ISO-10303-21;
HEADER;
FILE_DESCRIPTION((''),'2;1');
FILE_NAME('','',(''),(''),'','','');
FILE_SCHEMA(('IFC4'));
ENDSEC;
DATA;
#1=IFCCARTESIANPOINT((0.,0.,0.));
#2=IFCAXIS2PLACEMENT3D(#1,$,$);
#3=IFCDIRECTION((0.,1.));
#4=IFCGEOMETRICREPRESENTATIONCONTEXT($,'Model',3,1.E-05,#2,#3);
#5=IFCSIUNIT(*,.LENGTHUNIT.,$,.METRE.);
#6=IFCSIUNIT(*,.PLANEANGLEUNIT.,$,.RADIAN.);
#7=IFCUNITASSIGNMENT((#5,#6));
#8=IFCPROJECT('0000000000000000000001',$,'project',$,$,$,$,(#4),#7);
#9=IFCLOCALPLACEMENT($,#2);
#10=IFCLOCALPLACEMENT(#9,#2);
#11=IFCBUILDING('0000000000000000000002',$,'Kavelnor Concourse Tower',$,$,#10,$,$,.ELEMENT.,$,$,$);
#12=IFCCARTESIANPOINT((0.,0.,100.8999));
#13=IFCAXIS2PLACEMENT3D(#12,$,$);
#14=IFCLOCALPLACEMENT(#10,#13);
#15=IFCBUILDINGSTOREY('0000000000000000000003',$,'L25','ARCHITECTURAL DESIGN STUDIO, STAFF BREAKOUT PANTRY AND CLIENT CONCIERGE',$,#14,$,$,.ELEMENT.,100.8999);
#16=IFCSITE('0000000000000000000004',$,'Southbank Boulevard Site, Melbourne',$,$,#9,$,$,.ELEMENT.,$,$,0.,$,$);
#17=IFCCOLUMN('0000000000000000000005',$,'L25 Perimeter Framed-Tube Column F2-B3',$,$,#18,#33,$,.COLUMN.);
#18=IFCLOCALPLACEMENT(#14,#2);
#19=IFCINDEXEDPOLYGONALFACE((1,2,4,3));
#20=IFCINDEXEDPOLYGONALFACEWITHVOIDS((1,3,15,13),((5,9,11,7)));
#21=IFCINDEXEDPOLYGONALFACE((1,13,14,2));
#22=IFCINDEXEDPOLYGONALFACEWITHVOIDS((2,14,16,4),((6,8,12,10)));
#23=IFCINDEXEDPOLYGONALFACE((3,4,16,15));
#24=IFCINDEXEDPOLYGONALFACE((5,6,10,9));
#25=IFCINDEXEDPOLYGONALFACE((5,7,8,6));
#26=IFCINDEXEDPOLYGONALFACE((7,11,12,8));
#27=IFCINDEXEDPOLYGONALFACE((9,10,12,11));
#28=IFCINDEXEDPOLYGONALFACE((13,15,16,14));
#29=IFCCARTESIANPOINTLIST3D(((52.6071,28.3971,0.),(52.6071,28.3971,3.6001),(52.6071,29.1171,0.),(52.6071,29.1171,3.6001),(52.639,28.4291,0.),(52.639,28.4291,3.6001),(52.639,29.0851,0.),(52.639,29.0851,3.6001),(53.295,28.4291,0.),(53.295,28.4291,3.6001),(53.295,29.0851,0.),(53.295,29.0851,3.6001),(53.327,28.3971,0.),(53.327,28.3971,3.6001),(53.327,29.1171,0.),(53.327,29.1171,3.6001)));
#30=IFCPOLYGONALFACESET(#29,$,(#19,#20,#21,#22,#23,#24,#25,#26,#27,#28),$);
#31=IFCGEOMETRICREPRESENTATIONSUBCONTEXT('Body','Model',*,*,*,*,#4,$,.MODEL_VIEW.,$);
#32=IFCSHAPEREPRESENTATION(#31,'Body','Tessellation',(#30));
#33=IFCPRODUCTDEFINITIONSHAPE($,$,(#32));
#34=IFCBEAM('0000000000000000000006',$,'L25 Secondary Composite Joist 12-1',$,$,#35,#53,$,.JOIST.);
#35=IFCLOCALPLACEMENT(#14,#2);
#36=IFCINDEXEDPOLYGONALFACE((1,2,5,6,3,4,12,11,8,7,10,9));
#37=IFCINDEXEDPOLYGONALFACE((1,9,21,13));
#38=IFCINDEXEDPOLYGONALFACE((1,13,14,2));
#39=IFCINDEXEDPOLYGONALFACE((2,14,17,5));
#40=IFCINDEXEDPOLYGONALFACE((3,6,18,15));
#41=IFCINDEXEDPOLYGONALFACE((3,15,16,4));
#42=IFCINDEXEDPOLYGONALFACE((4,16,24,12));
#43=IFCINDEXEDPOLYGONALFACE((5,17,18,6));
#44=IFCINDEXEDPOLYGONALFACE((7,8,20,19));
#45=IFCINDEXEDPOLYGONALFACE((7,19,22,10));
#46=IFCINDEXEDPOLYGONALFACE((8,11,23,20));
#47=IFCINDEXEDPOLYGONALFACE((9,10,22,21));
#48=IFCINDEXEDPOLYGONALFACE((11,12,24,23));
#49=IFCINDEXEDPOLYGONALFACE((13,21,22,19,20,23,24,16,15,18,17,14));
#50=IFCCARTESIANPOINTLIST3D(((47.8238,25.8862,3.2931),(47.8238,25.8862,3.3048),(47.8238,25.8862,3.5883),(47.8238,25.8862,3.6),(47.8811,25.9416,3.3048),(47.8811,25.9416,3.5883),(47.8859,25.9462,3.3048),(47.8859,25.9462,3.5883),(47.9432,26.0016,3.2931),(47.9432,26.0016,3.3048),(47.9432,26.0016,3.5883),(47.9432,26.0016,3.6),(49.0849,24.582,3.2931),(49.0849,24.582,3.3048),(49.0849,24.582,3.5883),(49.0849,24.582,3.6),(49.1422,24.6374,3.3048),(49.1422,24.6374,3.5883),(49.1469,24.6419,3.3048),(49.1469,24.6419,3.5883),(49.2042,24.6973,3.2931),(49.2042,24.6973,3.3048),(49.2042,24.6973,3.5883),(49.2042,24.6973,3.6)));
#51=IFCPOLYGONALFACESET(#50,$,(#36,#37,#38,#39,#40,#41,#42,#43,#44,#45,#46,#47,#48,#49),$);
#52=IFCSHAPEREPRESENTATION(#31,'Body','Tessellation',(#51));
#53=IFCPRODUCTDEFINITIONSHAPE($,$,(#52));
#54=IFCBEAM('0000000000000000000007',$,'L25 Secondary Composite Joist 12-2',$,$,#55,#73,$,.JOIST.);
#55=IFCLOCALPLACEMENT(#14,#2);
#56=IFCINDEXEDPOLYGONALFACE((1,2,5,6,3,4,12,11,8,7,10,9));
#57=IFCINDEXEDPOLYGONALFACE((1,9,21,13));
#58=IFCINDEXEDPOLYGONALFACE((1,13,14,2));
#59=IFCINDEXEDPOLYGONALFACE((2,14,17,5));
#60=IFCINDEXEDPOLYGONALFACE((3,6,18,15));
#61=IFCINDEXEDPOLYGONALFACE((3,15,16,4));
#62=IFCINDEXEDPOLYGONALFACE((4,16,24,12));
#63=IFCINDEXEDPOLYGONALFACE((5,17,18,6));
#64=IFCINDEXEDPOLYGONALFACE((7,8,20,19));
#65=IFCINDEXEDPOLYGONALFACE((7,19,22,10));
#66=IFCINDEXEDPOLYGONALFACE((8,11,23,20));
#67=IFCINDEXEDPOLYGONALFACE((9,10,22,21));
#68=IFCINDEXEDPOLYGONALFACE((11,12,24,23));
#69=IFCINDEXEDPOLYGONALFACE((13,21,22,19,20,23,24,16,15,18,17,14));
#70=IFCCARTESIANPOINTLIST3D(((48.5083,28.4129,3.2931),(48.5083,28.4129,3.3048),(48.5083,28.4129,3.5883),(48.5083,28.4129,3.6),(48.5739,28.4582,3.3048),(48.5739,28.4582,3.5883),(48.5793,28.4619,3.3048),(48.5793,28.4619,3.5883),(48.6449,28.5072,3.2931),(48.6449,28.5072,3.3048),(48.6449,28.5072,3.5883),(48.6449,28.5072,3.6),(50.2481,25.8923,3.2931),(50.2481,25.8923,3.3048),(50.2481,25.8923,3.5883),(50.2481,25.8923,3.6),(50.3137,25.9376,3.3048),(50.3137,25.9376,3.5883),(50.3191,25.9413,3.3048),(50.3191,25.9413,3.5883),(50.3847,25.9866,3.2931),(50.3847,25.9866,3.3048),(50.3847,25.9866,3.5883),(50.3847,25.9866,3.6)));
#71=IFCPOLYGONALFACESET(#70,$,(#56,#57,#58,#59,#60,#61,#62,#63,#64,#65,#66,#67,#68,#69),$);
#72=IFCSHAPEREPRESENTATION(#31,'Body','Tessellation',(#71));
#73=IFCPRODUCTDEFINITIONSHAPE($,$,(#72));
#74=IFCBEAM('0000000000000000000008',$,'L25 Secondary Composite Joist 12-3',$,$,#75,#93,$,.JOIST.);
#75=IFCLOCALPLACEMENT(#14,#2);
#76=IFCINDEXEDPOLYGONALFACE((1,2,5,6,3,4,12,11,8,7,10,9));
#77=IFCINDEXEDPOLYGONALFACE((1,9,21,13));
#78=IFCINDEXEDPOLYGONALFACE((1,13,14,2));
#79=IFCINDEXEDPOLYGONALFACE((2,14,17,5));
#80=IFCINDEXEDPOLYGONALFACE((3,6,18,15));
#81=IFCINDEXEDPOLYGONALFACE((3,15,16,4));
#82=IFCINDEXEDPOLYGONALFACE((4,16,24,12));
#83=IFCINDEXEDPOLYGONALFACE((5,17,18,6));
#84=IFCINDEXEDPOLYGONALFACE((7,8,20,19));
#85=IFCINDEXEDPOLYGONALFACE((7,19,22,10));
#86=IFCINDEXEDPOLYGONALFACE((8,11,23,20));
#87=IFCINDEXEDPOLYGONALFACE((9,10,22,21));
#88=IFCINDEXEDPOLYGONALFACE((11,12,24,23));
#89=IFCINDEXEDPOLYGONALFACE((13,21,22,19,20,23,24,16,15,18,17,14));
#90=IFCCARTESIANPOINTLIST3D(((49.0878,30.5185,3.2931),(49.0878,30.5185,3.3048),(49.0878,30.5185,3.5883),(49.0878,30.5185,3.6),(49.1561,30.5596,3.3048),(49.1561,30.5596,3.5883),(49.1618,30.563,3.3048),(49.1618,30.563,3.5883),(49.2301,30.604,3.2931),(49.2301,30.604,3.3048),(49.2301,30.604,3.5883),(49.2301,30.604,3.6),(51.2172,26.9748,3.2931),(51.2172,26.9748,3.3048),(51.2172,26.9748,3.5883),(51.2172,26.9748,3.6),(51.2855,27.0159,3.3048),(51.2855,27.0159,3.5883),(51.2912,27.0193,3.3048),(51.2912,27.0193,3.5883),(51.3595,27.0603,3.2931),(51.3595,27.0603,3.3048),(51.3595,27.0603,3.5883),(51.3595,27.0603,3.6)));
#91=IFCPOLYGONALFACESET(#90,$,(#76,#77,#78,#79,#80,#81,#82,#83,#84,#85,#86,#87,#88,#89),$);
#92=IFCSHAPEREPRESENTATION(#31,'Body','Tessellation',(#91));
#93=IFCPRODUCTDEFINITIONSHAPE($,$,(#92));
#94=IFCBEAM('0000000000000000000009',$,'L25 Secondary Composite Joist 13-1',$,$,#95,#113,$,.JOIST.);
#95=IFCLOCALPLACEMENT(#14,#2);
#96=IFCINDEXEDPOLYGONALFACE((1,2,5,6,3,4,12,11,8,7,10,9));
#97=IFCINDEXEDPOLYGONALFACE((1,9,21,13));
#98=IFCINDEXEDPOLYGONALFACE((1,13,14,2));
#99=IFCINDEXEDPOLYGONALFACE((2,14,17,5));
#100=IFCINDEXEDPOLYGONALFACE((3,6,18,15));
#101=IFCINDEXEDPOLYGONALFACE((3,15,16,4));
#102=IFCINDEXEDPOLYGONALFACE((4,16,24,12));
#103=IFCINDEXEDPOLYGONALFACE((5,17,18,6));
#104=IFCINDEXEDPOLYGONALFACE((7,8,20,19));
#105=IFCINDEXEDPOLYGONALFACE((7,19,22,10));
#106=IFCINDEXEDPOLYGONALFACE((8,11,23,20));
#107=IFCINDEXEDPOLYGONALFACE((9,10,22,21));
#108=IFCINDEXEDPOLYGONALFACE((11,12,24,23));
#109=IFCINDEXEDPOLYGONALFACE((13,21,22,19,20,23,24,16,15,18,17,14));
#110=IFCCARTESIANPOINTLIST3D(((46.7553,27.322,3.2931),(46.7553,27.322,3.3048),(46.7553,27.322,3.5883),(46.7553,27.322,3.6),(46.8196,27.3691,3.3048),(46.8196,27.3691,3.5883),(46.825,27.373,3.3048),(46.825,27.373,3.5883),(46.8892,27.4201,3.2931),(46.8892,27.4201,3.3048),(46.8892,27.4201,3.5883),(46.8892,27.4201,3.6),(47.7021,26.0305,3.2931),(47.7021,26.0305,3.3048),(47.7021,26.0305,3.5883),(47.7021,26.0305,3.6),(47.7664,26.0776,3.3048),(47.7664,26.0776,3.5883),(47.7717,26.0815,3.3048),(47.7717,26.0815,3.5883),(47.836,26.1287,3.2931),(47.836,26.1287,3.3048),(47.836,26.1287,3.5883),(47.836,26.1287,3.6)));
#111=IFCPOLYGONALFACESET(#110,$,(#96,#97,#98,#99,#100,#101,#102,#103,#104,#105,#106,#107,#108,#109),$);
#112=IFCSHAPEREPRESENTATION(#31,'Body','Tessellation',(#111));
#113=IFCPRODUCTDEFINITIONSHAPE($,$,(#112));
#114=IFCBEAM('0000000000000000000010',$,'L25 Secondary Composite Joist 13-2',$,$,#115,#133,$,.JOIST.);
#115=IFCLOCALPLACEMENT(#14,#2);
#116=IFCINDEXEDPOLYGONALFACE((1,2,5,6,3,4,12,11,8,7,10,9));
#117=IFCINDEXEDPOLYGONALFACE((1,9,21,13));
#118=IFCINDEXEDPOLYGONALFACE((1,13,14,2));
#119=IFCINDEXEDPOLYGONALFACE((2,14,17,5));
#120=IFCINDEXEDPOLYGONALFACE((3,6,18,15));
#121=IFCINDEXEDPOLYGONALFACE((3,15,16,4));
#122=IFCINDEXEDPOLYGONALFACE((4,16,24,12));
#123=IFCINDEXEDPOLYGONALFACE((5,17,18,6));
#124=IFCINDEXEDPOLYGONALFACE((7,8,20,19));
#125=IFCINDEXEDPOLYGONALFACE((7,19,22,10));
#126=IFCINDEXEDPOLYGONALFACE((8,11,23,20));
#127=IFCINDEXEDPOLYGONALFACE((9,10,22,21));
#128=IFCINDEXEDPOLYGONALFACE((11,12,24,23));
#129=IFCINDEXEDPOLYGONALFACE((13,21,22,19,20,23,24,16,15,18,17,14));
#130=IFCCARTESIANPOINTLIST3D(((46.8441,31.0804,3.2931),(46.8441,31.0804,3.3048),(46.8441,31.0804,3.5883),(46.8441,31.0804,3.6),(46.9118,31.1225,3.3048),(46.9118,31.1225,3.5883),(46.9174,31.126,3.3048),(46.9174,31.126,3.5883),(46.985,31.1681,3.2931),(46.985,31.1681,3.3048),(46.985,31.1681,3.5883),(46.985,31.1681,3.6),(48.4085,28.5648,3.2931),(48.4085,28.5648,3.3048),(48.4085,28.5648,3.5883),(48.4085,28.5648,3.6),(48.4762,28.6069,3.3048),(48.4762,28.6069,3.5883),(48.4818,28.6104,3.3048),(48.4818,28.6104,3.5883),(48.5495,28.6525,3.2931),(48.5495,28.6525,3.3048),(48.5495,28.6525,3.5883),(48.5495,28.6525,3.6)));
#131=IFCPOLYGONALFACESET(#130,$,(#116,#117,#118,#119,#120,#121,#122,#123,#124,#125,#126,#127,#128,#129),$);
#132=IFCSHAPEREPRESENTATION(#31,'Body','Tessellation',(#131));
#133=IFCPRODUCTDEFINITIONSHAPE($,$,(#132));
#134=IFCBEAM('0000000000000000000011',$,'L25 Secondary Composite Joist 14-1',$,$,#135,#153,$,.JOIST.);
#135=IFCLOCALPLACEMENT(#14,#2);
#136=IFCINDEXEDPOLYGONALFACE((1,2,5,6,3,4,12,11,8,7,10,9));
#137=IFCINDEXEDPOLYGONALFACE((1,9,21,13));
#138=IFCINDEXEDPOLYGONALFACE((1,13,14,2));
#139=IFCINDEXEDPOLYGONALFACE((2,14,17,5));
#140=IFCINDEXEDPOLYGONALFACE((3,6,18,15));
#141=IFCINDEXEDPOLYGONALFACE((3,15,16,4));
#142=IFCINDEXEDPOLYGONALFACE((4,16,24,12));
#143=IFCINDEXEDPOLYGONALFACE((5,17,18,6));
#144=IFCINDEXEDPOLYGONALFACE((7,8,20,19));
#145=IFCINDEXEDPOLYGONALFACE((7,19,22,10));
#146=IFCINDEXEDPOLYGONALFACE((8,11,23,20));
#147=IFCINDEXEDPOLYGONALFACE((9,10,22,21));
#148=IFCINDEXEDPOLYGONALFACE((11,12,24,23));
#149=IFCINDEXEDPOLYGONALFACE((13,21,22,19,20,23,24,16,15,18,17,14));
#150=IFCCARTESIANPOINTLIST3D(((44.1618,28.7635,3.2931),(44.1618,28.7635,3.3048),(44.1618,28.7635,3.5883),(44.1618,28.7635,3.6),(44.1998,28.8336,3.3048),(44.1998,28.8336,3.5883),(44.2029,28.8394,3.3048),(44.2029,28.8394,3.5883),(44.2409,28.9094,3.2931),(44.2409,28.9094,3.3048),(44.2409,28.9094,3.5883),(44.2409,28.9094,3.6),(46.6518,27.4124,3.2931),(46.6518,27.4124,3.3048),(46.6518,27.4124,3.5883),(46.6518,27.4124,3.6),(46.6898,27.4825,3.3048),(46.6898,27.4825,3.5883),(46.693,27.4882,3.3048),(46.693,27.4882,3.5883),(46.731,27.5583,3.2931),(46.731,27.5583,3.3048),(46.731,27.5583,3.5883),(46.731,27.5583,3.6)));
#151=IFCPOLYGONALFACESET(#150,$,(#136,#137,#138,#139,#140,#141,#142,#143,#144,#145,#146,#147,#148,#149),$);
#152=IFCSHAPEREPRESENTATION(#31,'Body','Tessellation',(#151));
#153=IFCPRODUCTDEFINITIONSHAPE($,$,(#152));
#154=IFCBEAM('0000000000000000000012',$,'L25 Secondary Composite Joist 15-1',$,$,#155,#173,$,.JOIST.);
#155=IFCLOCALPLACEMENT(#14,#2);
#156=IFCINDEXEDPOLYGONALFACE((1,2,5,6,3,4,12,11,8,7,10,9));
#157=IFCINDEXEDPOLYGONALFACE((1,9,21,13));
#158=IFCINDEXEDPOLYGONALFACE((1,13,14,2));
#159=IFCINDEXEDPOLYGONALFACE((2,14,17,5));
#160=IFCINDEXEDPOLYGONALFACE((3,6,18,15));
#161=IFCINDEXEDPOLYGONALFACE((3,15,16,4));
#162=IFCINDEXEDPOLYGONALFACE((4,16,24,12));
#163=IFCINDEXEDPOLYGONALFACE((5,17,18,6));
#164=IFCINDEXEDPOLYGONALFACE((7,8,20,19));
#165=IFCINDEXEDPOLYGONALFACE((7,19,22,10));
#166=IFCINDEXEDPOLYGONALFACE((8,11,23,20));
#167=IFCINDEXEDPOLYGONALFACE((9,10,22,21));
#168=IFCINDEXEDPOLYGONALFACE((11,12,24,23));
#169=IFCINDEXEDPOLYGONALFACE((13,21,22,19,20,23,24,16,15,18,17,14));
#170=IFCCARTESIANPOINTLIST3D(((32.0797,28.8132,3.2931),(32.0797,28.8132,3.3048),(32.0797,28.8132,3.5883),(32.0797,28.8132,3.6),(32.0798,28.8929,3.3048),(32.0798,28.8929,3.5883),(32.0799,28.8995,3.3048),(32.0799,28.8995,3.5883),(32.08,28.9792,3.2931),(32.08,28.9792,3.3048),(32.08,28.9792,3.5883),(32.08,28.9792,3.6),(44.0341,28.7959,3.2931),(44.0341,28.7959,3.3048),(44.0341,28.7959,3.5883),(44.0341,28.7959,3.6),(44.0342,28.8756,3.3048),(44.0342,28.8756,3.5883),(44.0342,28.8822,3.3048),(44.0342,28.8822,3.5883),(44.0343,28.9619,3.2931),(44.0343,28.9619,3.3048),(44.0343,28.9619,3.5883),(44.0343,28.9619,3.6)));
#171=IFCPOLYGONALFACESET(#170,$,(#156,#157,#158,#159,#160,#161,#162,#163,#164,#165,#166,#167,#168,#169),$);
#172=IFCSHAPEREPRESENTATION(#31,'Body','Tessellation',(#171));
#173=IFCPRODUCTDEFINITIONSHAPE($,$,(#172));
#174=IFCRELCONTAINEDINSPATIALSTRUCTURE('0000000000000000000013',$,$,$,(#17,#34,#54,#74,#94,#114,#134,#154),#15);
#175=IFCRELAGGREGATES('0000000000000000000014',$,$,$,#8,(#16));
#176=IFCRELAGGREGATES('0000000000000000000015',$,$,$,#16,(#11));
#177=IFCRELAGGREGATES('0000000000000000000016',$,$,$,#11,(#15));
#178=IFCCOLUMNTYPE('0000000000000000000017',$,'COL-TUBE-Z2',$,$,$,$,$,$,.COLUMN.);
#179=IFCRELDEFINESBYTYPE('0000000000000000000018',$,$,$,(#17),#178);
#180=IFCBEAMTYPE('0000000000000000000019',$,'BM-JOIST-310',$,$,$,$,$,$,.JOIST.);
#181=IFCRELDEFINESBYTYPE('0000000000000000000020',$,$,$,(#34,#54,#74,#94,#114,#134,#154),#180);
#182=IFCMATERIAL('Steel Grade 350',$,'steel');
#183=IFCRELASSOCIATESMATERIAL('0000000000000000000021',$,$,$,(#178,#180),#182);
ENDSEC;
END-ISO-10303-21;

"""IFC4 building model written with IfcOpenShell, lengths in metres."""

from ifc_helpers import new_model, si_unit, direction, frame, origin, origin_2d, place, context, subcontext, project, spatial, hollow_rectangle, i_section, extrude, material, material_profile, profile_set, type_object, element, save


model = new_model("IFC4")

# Units and contexts
model_context = context("Model", 3, precision=1e-05, world=origin(), true_north=direction((0.0, 1.0)))
body_context = subcontext(model_context, "Body", "Model", "MODEL_VIEW")
ifc_project = project(units=[si_unit("LENGTHUNIT", "METRE"), si_unit("PLANEANGLEUNIT", "RADIAN")], contexts=[model_context])

# Site, building, storey
site_placement = place(None, origin())
site = spatial("IfcSite", under=ifc_project, at=site_placement, Name="Southbank Boulevard Site, Melbourne", CompositionType="ELEMENT", RefElevation=0.0)
building_placement = place(site_placement, origin())
building = spatial("IfcBuilding", under=site, at=building_placement, Name="Kavelnor Concourse Tower", CompositionType="ELEMENT")
storey_placement = place(building_placement, frame((0.0, 0.0, 100.8999)))
storey = spatial("IfcBuildingStorey", under=building, at=storey_placement, Name="L25", Description="ARCHITECTURAL DESIGN STUDIO, STAFF BREAKOUT PANTRY AND CLIENT CONCIERGE", CompositionType="ELEMENT", Elevation=100.8999)

# Column
ifc_material_1 = material(Name="Steel Grade 350", Category="steel")
ifc_material_profile_1 = material_profile(ifc_material_1, hollow_rectangle(XDim=0.72, YDim=0.72, WallThickness=0.032, at=origin_2d()), Name="SHS 720x720x32")
ifc_profile_set_1 = profile_set([ifc_material_profile_1], Name="Steel Grade 350")
column_type = type_object("IfcColumnType", Name="COL-TUBE-Z2", PredefinedType="COLUMN", material=ifc_profile_set_1)
column_placement = place(storey_placement, frame((52.967, 28.7571, 0.0), z_axis=(0.0, 0.0, 1.0), x_axis=(1.0, 0.0, 0.0)))
element("IfcColumn", 1, at=column_placement, inside=storey, type_object=column_type, Name="L25 Perimeter Framed-Tube Column F2-B3", PredefinedType="COLUMN", context=body_context, shape_type="SweptSolid", body=[
    extrude(hollow_rectangle(XDim=0.72, YDim=0.72, WallThickness=0.032, at=origin_2d()), origin(), (0.0, 0.0, 1.0), 3.6001),
])

# Beams
ifc_material_profile_2 = material_profile(ifc_material_1, i_section(OverallWidth=0.166, OverallDepth=0.3069, WebThickness=0.0066, FlangeThickness=0.0117, at=origin_2d()), Name="310UB46")
ifc_profile_set_2 = profile_set([ifc_material_profile_2], Name="Steel Grade 350")
beam_type_1 = type_object("IfcBeamType", Name="BM-JOIST-310", PredefinedType="JOIST", material=ifc_profile_set_2)
beam_1_placement = place(storey_placement, frame((49.1445, 24.6396, 3.4465), z_axis=(-0.695096, 0.718917, 0.0), x_axis=(-0.718917, -0.695096, 0.0)))
element("IfcBeam", 2, at=beam_1_placement, inside=storey, type_object=beam_type_1, Name="L25 Secondary Composite Joist 12-1", PredefinedType="JOIST", context=body_context, shape_type="SweptSolid", body=[
    extrude(i_section(OverallWidth=0.166, OverallDepth=0.3069, WebThickness=0.0066, FlangeThickness=0.0117, at=origin_2d()), origin(), (0.0, 0.0, 1.0), 1.8142),
])
beam_2_placement = place(storey_placement, frame((50.3164, 25.9395, 3.4465), z_axis=(-0.568057, 0.822989, 0.0), x_axis=(-0.822989, -0.568057, 0.0)))
element("IfcBeam", 3, at=beam_2_placement, inside=storey, type_object=beam_type_1, Name="L25 Secondary Composite Joist 12-2", PredefinedType="JOIST", context=body_context, shape_type="SweptSolid", body=[
    extrude(i_section(OverallWidth=0.166, OverallDepth=0.3069, WebThickness=0.0066, FlangeThickness=0.0117, at=origin_2d()), origin(), (0.0, 0.0, 1.0), 3.0627),
])
beam_3_placement = place(storey_placement, frame((51.2883, 27.0176, 3.4465), z_axis=(-0.51506, 0.857154, 0.0), x_axis=(-0.857154, -0.51506, 0.0)))
element("IfcBeam", 4, at=beam_3_placement, inside=storey, type_object=beam_type_1, Name="L25 Secondary Composite Joist 12-3", PredefinedType="JOIST", context=body_context, shape_type="SweptSolid", body=[
    extrude(i_section(OverallWidth=0.166, OverallDepth=0.3069, WebThickness=0.0066, FlangeThickness=0.0117, at=origin_2d()), origin(), (0.0, 0.0, 1.0), 4.1343),
])
beam_4_placement = place(storey_placement, frame((47.769, 26.0796, 3.4465), z_axis=(-0.591231, 0.806502, 0.0), x_axis=(-0.806502, -0.591231, 0.0)))
element("IfcBeam", 5, at=beam_4_placement, inside=storey, type_object=beam_type_1, Name="L25 Secondary Composite Joist 13-1", PredefinedType="JOIST", context=body_context, shape_type="SweptSolid", body=[
    extrude(i_section(OverallWidth=0.166, OverallDepth=0.3069, WebThickness=0.0066, FlangeThickness=0.0117, at=origin_2d()), origin(), (0.0, 0.0, 1.0), 1.6013),
])
beam_5_placement = place(storey_placement, frame((48.479, 28.6086, 3.4465), z_axis=(-0.528101, 0.849181, 0.0), x_axis=(-0.849181, -0.528101, 0.0)))
element("IfcBeam", 6, at=beam_5_placement, inside=storey, type_object=beam_type_1, Name="L25 Secondary Composite Joist 13-2", PredefinedType="JOIST", context=body_context, shape_type="SweptSolid", body=[
    extrude(i_section(OverallWidth=0.166, OverallDepth=0.3069, WebThickness=0.0066, FlangeThickness=0.0117, at=origin_2d()), origin(), (0.0, 0.0, 1.0), 2.9624),
])
beam_6_placement = place(storey_placement, frame((46.6914, 27.4854, 3.4465), z_axis=(-0.878947, 0.476919, 0.0), x_axis=(-0.476919, -0.878947, 0.0)))
element("IfcBeam", 7, at=beam_6_placement, inside=storey, type_object=beam_type_1, Name="L25 Secondary Composite Joist 14-1", PredefinedType="JOIST", context=body_context, shape_type="SweptSolid", body=[
    extrude(i_section(OverallWidth=0.166, OverallDepth=0.3069, WebThickness=0.0066, FlangeThickness=0.0117, at=origin_2d()), origin(), (0.0, 0.0, 1.0), 2.833),
])
beam_7_placement = place(storey_placement, frame((44.0342, 28.8789, 3.4465), z_axis=(-0.999999, 0.00145, 0.0), x_axis=(-0.00145, -0.999999, 0.0)))
element("IfcBeam", 8, at=beam_7_placement, inside=storey, type_object=beam_type_1, Name="L25 Secondary Composite Joist 15-1", PredefinedType="JOIST", context=body_context, shape_type="SweptSolid", body=[
    extrude(i_section(OverallWidth=0.166, OverallDepth=0.3069, WebThickness=0.0066, FlangeThickness=0.0117, at=origin_2d()), origin(), (0.0, 0.0, 1.0), 11.9543),
])

save(model, "model.ifc")
